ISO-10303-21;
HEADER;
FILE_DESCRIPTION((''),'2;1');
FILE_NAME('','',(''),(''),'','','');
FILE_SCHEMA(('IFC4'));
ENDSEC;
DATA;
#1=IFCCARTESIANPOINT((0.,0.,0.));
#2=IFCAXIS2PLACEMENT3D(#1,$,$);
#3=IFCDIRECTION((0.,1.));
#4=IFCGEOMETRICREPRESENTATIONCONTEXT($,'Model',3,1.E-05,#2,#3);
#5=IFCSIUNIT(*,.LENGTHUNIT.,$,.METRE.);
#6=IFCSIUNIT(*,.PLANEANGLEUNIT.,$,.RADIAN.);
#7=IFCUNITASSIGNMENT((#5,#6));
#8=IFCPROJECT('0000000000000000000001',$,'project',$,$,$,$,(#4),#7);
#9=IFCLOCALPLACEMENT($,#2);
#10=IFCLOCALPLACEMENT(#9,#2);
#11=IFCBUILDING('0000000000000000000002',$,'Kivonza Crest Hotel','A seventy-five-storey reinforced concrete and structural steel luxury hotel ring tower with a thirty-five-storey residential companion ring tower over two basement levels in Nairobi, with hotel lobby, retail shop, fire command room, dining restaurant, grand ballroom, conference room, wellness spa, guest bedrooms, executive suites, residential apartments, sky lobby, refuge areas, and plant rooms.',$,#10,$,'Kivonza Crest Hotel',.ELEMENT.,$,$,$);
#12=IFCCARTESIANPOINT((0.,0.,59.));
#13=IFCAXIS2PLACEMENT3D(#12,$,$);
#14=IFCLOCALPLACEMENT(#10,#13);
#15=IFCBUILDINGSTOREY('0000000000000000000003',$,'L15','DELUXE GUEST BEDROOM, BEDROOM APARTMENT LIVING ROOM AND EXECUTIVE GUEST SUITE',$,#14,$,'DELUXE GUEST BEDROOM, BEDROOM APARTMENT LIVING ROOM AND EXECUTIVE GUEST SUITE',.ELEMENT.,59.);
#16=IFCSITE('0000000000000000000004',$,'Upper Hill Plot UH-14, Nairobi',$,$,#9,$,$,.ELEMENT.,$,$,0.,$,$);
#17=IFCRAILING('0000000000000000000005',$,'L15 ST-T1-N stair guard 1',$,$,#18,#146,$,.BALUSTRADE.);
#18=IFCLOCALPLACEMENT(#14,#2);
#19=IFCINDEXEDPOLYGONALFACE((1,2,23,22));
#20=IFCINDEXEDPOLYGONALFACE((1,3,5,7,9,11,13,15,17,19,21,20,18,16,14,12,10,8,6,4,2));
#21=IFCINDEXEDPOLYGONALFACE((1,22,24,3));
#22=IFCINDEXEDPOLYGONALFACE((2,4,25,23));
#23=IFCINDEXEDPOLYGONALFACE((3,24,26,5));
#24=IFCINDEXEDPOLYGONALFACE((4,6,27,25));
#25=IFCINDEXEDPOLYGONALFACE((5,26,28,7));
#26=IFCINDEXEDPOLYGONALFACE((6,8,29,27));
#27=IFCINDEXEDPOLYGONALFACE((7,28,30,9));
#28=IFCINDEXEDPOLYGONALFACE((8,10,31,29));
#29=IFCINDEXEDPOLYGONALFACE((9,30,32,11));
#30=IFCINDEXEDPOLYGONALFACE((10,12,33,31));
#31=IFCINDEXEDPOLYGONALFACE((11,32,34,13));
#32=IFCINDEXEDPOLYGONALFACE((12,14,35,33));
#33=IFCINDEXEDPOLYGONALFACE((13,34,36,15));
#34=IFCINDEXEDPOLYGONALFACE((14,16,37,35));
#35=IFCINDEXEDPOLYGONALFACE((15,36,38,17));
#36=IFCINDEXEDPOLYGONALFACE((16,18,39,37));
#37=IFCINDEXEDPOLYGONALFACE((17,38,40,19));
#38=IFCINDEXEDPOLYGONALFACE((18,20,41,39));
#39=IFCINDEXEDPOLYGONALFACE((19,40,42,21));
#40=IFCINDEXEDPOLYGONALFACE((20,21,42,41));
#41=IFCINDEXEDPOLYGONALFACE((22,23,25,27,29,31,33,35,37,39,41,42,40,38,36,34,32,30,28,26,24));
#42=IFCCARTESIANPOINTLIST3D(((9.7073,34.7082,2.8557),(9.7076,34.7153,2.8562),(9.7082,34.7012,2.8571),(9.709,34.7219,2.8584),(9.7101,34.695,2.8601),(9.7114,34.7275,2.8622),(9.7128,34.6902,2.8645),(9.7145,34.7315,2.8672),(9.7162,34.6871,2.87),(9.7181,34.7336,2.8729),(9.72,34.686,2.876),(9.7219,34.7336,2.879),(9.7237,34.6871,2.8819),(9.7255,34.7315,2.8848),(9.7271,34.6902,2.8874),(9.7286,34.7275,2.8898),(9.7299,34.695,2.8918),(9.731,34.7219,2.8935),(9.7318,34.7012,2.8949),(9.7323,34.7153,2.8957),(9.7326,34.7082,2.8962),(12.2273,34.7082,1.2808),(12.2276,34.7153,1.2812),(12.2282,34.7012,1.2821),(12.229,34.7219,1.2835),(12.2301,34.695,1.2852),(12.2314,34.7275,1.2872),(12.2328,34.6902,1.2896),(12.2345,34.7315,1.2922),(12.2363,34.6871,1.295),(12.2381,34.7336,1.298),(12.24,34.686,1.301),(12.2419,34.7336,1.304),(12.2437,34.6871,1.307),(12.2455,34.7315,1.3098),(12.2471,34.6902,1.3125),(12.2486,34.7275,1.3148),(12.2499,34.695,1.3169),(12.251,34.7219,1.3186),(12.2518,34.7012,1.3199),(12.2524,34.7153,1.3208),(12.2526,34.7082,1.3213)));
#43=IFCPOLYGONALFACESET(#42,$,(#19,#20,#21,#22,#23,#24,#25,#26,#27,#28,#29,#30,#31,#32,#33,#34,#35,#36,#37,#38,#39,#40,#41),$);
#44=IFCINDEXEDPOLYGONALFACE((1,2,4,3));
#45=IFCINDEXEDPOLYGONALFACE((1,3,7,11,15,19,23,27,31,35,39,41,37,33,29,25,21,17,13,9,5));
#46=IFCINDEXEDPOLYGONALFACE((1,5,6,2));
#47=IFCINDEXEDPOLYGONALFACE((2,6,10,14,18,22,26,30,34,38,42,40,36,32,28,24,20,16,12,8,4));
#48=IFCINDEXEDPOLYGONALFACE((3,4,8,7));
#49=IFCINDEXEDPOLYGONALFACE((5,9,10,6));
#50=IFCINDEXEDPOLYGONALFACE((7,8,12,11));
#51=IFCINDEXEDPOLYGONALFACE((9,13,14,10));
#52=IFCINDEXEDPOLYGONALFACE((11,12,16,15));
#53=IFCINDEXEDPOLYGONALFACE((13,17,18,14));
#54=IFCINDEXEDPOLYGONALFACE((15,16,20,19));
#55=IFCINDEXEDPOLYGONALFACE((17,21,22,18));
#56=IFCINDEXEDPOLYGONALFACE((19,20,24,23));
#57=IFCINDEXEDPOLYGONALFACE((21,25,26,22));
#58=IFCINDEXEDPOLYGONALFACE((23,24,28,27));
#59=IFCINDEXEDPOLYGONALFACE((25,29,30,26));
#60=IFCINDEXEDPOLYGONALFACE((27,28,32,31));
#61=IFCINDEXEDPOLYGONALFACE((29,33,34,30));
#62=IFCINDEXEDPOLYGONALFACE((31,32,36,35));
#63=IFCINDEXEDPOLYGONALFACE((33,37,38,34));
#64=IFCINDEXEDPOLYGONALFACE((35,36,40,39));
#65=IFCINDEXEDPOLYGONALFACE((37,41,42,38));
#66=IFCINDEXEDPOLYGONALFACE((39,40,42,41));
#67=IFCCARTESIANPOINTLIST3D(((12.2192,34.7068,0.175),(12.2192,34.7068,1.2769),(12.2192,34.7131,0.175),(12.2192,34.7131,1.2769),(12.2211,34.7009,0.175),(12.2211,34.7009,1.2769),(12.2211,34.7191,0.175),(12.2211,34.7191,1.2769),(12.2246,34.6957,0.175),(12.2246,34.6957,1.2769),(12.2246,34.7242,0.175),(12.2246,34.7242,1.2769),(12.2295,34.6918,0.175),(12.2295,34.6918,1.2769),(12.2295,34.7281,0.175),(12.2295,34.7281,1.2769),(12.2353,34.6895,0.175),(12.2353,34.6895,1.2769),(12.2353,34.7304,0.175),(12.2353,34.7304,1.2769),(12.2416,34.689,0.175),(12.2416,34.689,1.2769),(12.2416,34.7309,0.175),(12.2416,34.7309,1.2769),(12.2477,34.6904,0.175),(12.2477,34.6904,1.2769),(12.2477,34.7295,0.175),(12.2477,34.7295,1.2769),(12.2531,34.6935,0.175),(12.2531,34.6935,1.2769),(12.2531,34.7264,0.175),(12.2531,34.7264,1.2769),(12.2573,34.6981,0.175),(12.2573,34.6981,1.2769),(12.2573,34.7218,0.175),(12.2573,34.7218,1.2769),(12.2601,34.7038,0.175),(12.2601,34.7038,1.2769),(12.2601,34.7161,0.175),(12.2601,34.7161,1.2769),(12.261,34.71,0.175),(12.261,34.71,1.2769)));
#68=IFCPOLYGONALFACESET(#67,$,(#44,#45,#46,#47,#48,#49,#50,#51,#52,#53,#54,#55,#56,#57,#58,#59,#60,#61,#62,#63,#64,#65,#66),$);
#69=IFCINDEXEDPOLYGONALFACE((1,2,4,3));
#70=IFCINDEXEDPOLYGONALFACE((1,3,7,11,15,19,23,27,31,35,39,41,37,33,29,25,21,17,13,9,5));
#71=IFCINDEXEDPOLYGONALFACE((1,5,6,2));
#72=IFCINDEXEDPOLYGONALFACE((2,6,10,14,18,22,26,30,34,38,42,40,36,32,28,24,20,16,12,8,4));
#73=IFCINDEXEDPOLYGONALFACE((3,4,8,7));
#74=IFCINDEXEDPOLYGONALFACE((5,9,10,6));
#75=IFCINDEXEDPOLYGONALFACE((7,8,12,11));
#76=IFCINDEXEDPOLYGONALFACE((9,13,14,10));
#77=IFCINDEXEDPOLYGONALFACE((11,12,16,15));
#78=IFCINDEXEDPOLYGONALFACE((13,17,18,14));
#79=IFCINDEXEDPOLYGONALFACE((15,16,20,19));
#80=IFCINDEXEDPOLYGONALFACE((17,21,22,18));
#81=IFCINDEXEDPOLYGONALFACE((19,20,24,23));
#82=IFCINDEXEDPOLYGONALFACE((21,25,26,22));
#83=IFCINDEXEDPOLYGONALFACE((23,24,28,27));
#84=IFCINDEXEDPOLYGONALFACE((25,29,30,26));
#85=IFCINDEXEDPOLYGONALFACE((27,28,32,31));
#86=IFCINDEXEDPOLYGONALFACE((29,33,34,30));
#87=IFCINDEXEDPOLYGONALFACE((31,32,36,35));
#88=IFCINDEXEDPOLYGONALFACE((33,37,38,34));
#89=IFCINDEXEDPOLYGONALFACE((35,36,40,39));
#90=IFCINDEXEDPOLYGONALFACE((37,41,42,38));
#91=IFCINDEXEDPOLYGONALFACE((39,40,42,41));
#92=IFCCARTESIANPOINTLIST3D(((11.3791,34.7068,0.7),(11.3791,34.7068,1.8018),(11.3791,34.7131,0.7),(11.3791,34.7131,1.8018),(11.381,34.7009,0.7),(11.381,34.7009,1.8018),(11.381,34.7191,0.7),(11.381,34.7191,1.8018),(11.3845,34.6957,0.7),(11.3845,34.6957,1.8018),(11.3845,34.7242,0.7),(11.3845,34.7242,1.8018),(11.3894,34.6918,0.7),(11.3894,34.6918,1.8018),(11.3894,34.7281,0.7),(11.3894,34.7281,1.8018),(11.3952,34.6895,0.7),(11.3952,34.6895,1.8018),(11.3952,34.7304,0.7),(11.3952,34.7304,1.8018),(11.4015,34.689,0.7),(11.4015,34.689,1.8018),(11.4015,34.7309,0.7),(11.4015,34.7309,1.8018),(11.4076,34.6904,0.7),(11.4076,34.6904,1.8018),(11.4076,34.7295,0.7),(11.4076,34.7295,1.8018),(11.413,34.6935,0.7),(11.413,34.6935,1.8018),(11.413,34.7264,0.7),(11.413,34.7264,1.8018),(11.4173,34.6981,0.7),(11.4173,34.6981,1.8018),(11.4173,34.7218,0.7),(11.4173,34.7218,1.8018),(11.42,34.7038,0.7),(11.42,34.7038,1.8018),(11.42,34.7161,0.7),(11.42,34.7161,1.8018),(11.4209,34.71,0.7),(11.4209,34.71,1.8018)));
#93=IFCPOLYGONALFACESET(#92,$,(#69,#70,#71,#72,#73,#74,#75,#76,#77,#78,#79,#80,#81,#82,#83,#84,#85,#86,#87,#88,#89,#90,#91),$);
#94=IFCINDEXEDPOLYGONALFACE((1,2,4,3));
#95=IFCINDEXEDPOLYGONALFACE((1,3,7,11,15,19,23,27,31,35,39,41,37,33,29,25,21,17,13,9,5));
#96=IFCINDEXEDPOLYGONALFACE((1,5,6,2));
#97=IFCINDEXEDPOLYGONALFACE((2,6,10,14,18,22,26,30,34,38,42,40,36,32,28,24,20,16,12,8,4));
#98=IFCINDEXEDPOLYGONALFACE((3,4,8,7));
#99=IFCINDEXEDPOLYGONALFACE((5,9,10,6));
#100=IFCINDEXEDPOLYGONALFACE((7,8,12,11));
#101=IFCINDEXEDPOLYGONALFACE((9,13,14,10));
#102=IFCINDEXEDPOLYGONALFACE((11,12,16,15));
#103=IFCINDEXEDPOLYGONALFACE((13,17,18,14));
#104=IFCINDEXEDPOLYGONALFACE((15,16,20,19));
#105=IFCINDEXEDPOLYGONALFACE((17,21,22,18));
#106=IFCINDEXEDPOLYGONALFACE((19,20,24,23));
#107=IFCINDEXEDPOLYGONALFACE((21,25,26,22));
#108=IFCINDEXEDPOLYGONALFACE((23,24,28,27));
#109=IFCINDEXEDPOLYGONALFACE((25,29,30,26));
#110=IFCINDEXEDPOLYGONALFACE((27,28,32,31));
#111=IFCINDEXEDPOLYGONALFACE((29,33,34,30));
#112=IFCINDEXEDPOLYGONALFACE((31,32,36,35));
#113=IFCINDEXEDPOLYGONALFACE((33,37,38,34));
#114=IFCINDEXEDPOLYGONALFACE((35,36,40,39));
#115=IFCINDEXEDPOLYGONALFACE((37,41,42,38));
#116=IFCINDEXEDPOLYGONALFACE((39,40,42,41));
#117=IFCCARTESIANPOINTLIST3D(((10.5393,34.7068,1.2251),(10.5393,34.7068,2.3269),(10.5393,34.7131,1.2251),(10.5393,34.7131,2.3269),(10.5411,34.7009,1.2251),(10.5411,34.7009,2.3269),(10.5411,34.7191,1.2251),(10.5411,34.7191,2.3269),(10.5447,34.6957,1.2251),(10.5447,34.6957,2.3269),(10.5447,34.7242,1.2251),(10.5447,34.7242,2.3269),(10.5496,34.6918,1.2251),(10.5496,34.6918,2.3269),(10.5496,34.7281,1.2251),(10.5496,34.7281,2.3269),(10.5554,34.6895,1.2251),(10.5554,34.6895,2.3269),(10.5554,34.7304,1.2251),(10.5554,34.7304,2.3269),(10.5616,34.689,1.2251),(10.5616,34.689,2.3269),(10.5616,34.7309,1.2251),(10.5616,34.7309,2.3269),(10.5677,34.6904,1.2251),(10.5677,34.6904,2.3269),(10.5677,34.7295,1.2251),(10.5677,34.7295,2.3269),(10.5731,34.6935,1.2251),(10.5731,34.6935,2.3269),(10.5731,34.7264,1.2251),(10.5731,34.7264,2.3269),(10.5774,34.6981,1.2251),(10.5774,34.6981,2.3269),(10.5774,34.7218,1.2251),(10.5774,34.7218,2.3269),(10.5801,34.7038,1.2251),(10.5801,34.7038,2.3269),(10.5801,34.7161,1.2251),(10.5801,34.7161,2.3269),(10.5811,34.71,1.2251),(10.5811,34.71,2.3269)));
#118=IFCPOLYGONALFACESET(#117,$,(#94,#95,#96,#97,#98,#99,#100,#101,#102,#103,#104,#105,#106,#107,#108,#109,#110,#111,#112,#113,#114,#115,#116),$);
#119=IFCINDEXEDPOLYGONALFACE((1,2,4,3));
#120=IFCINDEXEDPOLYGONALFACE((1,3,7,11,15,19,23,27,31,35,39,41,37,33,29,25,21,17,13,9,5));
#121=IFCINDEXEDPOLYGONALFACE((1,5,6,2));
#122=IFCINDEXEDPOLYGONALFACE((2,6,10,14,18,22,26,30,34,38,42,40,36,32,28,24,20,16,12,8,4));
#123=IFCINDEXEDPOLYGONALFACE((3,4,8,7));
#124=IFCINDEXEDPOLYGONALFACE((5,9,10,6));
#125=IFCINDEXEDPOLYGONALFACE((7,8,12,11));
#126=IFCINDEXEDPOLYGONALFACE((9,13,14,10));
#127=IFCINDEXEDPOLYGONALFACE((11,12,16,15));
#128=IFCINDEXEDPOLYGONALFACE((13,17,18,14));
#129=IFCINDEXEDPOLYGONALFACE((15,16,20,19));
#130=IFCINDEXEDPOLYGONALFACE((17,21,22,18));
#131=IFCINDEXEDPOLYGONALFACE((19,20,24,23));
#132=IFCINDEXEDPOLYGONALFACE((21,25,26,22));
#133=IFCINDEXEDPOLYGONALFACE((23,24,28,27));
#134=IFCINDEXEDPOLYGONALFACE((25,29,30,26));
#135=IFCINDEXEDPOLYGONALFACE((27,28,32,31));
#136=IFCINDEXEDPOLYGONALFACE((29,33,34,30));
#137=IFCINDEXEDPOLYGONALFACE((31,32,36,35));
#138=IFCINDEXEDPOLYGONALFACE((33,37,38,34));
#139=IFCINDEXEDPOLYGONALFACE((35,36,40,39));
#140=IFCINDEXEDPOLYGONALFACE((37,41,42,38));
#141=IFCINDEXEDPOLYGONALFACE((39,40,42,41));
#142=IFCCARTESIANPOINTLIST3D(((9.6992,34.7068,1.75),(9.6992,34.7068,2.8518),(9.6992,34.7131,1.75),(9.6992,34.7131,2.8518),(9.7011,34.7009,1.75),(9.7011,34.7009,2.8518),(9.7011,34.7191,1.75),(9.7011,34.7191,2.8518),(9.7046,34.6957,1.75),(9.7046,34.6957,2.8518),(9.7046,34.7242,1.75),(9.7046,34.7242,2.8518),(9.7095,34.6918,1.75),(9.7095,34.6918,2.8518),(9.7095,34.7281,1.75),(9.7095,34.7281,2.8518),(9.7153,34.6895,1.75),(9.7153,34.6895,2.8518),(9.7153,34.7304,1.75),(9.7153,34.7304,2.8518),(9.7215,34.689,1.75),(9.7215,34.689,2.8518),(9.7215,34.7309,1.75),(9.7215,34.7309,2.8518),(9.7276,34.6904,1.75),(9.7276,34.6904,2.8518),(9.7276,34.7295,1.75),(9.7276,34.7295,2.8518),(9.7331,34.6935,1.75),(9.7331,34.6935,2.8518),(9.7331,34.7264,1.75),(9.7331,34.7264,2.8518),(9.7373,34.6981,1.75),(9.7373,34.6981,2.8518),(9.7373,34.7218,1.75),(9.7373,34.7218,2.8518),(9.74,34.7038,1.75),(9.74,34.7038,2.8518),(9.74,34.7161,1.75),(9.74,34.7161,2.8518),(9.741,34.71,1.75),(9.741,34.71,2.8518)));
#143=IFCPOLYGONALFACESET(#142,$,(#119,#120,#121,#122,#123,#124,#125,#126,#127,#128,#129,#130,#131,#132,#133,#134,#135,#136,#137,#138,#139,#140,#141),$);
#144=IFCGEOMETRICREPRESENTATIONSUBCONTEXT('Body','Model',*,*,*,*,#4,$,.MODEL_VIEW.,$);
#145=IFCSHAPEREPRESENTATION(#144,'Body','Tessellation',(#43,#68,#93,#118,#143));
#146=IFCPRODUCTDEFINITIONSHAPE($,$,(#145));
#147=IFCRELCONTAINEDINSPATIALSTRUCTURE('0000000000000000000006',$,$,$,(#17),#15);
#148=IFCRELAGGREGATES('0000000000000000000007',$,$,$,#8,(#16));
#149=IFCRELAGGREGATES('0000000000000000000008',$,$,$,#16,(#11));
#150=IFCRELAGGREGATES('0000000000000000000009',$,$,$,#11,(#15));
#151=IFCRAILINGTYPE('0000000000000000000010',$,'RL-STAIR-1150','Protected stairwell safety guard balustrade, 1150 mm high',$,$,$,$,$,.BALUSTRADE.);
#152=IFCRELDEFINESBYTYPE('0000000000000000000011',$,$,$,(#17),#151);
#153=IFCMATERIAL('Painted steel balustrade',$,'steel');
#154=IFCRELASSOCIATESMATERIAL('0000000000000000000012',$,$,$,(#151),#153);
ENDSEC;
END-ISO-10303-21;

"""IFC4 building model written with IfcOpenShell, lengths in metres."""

from ifc_helpers import new_model, si_unit, direction, frame, origin, origin_2d, place, context, subcontext, project, spatial, circle, extrude, material, type_object, element, save


model = new_model("IFC4")

# Units and contexts
model_context = context("Model", 3, precision=1e-05, world=origin(), true_north=direction((0.0, 1.0)))
body_context = subcontext(model_context, "Body", "Model", "MODEL_VIEW")
ifc_project = project(units=[si_unit("LENGTHUNIT", "METRE"), si_unit("PLANEANGLEUNIT", "RADIAN")], contexts=[model_context])

# Site, building, storey
site_placement = place(None, origin())
site = spatial("IfcSite", under=ifc_project, at=site_placement, Name="Upper Hill Plot UH-14, Nairobi", CompositionType="ELEMENT", RefElevation=0.0)
building_placement = place(site_placement, origin())
building = spatial("IfcBuilding", under=site, at=building_placement, Name="Kivonza Crest Hotel", Description="A seventy-five-storey reinforced concrete and structural steel luxury hotel ring tower with a thirty-five-storey residential companion ring tower over two basement levels in Nairobi, with hotel lobby, retail shop, fire command room, dining restaurant, grand ballroom, conference room, wellness spa, guest bedrooms, executive suites, residential apartments, sky lobby, refuge areas, and plant rooms.", LongName="Kivonza Crest Hotel", CompositionType="ELEMENT")
storey_placement = place(building_placement, frame((0.0, 0.0, 59.0)))
storey = spatial("IfcBuildingStorey", under=building, at=storey_placement, Name="L15", Description="DELUXE GUEST BEDROOM, BEDROOM APARTMENT LIVING ROOM AND EXECUTIVE GUEST SUITE", LongName="DELUXE GUEST BEDROOM, BEDROOM APARTMENT LIVING ROOM AND EXECUTIVE GUEST SUITE", CompositionType="ELEMENT", Elevation=59.0)

# Railing
ifc_material_1 = material(Name="Painted steel balustrade", Category="steel")
railing_type_1 = type_object("IfcRailingType", Name="RL-STAIR-1150", Description="Protected stairwell safety guard balustrade, 1150 mm high", PredefinedType="BALUSTRADE", material=ifc_material_1)
railing_1_placement = place(storey_placement, frame((12.24, 34.71, 0.175)))
element("IfcRailing", 1, at=railing_1_placement, inside=storey, type_object=railing_type_1, Name="L15 ST-T1-N stair guard 1", PredefinedType="BALUSTRADE", context=body_context, shape_type="SweptSolid", body=[
    extrude(circle(Radius=0.0239, at=origin_2d()), frame((0.0, 0.0, 1.126), z_axis=(-0.848008, 0.0, 0.529984), x_axis=(0.0, -1.0, 0.0)), (0.0, 0.0, 1.0), 2.9717),
    extrude(circle(Radius=0.021, at=origin_2d()), origin(), (0.0, 0.0, 1.0), 1.1018),
    extrude(circle(Radius=0.021, at=origin_2d()), frame((-0.8401, 0.0, 0.5249)), (0.0, 0.0, 1.0), 1.1018),
    extrude(circle(Radius=0.021, at=origin_2d()), frame((-1.6799, 0.0, 1.05)), (0.0, 0.0, 1.0), 1.1018),
    extrude(circle(Radius=0.021, at=origin_2d()), frame((-2.52, 0.0, 1.575)), (0.0, 0.0, 1.0), 1.1018),
])

save(model, "model.ifc")
